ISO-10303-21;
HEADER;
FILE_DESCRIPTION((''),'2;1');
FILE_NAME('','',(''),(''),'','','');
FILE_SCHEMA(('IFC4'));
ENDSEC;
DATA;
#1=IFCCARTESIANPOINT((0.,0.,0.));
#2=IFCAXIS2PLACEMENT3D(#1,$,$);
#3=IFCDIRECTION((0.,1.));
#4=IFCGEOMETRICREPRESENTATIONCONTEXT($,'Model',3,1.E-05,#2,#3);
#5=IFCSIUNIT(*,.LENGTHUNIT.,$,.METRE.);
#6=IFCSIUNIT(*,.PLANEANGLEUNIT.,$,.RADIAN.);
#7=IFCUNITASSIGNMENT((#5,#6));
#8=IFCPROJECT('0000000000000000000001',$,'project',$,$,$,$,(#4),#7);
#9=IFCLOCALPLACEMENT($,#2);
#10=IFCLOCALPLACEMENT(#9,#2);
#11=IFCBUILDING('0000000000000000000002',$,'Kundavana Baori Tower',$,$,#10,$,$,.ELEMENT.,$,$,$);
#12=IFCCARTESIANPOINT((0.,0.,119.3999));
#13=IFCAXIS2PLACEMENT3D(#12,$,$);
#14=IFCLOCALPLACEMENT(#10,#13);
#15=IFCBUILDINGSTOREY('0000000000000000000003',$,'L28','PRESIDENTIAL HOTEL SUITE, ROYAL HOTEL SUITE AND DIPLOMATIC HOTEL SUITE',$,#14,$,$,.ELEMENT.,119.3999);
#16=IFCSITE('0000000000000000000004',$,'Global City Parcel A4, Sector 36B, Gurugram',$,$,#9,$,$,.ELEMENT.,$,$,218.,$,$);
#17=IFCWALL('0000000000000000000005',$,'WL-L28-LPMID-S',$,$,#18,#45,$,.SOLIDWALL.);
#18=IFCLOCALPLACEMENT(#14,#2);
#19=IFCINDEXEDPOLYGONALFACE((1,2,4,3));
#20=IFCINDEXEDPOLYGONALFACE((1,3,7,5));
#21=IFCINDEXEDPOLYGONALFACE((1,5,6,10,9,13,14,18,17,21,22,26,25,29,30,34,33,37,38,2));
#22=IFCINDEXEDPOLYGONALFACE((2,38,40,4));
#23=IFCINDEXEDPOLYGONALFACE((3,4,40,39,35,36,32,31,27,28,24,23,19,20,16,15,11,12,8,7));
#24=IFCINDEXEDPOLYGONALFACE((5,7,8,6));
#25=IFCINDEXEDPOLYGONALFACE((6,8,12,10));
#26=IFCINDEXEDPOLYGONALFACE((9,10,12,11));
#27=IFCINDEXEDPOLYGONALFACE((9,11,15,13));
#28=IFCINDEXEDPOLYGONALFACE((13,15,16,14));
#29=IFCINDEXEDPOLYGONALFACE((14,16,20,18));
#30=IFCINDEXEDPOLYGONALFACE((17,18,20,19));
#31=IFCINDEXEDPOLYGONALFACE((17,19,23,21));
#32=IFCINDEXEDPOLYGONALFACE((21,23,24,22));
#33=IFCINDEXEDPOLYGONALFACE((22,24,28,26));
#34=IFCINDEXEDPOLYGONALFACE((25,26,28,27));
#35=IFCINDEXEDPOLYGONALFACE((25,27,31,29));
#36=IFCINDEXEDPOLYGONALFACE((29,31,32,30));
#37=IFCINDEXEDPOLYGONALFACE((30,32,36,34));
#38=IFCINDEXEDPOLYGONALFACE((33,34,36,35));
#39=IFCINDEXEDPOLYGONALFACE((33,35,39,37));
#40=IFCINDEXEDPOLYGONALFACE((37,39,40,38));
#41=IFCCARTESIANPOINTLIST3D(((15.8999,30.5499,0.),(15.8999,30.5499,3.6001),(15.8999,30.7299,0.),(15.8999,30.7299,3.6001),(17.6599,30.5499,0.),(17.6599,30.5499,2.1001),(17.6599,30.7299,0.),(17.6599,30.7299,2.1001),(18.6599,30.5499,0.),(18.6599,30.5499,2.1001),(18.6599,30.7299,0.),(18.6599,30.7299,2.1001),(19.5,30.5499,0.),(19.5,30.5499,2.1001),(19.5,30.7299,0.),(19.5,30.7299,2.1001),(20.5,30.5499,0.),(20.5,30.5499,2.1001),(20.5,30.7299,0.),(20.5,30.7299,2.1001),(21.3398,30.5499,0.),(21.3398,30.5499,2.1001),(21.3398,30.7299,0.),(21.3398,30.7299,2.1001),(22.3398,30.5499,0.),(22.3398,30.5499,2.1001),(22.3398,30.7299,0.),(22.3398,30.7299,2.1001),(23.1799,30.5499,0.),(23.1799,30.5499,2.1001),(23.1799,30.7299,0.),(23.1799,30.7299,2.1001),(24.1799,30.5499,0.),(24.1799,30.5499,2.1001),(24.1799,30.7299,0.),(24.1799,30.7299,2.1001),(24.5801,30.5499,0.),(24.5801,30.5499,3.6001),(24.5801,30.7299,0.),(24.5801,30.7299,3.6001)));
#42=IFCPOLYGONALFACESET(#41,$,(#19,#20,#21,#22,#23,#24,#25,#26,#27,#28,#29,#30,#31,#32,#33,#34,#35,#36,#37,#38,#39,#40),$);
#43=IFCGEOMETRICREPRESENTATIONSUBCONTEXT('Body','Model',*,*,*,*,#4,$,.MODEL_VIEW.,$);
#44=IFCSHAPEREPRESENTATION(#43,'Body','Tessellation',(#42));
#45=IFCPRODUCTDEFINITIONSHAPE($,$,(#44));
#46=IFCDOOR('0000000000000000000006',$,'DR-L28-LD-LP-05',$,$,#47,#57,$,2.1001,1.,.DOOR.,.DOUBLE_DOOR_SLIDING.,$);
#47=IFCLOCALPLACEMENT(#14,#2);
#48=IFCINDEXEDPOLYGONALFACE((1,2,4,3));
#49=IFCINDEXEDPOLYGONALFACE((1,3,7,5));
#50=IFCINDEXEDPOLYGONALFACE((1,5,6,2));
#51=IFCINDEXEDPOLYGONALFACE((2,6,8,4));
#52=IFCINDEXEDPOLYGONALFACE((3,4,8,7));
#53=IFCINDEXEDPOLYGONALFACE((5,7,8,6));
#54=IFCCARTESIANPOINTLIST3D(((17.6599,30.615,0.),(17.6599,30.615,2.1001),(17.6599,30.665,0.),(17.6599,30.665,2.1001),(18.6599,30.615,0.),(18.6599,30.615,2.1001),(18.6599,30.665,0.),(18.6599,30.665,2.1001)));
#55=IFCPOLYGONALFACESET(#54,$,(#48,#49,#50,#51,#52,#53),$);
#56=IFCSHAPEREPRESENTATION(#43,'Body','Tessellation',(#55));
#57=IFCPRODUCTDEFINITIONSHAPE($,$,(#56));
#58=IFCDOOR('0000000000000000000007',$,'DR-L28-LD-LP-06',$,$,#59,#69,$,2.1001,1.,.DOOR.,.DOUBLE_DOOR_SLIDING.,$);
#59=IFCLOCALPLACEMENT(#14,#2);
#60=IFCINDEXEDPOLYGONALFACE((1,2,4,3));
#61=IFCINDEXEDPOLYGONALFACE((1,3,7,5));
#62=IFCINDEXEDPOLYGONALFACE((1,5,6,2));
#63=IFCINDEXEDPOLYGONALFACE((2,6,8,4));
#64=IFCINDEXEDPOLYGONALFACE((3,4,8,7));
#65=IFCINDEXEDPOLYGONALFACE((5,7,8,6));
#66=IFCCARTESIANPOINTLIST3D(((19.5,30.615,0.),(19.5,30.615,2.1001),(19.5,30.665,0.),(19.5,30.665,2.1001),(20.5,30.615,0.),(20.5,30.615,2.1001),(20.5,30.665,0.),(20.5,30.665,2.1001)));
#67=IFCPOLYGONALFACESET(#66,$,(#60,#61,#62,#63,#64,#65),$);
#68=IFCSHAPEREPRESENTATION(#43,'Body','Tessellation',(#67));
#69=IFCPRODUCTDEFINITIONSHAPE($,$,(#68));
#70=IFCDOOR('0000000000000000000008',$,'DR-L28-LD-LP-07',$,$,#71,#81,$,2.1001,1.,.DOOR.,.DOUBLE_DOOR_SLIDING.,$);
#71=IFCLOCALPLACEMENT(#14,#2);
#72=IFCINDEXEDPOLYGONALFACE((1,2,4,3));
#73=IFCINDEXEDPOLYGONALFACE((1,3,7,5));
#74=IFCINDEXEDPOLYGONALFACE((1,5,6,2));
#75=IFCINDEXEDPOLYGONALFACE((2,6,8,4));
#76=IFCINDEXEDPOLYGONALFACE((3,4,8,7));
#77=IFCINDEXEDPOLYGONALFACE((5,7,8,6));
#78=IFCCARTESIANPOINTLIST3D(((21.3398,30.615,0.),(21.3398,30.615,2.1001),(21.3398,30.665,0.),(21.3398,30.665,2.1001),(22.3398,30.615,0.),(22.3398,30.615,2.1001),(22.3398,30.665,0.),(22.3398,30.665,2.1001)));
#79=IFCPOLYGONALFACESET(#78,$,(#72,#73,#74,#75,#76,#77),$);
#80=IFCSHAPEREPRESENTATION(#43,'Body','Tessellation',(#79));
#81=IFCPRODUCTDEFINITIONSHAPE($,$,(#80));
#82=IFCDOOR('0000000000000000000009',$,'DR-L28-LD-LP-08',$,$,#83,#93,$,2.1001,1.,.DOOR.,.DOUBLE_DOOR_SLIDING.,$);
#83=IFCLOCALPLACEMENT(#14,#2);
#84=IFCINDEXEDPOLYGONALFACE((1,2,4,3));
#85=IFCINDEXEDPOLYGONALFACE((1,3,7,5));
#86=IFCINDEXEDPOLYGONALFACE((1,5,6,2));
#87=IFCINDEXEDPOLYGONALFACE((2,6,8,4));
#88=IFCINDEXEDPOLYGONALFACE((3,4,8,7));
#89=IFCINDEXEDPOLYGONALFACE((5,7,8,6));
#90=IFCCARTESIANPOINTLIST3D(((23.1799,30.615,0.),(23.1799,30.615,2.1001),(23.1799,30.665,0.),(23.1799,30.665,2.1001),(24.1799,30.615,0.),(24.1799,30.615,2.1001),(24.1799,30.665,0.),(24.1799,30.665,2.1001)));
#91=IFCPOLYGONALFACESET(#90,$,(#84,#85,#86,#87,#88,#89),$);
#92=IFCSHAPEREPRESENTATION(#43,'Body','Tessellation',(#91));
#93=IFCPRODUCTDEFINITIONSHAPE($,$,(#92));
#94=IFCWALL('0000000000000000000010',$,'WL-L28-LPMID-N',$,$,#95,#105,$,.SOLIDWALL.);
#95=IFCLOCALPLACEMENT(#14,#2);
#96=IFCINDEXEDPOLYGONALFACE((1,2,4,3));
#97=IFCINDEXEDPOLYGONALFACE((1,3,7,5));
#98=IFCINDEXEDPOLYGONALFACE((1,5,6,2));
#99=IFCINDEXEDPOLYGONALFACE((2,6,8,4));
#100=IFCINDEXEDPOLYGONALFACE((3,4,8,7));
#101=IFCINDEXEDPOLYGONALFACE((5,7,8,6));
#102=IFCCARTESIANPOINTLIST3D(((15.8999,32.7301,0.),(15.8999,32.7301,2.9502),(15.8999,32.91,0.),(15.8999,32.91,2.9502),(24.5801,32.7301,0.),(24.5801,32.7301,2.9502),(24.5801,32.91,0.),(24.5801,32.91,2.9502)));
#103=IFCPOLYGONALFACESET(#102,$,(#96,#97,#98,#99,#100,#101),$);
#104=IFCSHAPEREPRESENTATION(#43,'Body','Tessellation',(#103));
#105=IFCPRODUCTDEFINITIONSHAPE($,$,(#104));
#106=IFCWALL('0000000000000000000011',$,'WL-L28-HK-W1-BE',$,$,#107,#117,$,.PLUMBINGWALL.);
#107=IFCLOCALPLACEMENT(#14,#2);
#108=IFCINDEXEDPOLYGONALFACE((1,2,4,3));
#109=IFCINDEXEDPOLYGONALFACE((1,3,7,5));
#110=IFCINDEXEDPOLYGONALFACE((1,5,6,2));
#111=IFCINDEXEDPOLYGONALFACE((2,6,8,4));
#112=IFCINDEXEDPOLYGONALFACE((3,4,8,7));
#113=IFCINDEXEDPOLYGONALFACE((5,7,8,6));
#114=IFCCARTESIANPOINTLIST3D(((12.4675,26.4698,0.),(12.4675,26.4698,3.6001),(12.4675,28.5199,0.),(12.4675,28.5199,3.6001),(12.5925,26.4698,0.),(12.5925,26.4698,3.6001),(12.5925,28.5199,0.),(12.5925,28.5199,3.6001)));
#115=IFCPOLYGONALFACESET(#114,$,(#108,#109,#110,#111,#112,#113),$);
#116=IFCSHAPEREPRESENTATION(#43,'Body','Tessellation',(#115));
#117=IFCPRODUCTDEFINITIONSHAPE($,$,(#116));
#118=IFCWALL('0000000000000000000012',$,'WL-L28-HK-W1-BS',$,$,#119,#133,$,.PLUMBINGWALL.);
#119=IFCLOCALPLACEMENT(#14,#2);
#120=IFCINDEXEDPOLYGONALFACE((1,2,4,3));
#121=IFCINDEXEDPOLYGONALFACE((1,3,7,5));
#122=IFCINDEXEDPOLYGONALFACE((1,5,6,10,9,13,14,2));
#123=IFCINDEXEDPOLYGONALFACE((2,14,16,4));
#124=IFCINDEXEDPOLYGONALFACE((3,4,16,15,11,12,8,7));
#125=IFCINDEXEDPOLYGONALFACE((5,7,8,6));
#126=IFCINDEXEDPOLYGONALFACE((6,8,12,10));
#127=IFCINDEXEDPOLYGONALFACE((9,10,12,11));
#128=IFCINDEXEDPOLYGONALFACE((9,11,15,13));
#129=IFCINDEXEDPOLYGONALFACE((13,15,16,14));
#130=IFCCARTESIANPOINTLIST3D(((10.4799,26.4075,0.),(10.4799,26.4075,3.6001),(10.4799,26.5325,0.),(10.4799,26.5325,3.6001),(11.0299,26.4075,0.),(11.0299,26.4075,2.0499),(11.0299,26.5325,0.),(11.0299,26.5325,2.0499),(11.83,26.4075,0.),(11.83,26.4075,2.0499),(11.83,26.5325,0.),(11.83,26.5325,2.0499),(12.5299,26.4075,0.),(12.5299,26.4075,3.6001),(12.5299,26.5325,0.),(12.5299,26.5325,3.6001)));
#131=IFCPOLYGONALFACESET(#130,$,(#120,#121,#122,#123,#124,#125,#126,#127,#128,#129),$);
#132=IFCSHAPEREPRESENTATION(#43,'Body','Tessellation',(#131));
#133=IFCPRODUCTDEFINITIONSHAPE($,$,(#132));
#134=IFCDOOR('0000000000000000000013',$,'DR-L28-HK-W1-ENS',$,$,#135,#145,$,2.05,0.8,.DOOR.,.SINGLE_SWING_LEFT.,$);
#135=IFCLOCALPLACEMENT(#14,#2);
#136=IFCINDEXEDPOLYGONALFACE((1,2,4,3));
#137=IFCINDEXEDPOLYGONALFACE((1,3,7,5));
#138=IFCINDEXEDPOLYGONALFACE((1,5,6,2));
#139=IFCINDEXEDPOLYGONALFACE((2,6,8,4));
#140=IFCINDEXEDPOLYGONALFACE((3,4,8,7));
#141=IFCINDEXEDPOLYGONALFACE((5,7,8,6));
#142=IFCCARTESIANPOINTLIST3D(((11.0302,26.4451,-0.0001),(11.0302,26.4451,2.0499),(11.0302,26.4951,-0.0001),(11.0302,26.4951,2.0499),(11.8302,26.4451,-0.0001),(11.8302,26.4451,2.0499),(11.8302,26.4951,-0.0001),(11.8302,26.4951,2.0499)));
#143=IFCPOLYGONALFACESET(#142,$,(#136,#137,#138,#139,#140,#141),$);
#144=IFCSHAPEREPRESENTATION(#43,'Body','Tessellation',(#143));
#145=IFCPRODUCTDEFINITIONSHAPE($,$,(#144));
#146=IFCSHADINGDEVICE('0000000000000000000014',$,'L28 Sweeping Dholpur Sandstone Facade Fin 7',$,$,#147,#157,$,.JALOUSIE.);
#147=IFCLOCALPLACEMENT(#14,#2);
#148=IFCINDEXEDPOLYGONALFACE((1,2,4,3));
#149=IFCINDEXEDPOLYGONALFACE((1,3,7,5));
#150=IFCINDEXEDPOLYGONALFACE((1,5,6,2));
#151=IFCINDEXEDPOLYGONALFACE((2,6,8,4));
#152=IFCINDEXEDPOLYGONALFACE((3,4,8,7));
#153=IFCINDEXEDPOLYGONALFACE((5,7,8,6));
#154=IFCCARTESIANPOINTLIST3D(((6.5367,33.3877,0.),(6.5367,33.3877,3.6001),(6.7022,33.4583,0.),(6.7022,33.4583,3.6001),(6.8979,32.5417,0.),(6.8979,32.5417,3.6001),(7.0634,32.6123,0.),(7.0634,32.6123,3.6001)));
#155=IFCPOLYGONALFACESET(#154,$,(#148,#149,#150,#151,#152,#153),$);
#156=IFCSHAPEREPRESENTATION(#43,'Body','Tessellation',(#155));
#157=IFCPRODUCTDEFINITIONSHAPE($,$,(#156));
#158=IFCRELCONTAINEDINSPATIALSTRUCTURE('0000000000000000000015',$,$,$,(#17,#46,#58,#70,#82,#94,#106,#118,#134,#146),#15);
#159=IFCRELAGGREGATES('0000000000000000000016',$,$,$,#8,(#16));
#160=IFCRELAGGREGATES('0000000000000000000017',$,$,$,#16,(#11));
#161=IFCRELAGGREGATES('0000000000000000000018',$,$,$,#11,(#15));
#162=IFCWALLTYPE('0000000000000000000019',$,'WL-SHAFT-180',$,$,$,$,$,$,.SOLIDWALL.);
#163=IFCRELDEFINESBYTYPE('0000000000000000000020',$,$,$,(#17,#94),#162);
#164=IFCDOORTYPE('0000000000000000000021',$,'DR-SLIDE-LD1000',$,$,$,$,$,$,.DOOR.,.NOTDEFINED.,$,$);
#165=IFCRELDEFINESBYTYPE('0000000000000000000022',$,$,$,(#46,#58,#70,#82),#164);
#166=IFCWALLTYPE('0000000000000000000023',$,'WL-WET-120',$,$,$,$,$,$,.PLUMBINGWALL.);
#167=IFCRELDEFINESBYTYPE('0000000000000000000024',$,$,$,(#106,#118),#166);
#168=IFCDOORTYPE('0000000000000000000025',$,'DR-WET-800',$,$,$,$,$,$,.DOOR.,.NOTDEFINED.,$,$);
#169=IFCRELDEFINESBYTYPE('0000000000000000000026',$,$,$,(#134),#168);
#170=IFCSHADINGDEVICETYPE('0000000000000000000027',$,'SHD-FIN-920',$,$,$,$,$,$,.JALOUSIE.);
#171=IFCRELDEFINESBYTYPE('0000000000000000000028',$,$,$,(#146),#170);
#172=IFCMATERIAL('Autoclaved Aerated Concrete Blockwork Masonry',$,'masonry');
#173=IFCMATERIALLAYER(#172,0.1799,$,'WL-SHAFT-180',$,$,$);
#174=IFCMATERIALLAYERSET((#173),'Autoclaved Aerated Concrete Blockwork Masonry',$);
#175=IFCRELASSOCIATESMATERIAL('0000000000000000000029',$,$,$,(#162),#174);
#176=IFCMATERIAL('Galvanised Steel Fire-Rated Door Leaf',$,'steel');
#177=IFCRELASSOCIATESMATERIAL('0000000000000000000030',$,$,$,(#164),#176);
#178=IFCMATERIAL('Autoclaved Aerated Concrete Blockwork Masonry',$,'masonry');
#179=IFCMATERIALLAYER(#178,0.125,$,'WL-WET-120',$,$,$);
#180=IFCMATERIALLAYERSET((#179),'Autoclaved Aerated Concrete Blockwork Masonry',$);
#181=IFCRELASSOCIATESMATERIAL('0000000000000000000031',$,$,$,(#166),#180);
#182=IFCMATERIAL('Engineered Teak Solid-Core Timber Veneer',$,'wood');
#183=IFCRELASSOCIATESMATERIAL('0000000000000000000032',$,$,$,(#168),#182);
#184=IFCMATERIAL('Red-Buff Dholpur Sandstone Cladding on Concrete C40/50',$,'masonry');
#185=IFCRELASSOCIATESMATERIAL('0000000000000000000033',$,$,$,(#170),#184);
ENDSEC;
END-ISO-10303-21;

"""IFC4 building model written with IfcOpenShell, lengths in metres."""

from ifc_helpers import new_model, si_unit, direction, frame, frame_2d, origin, origin_2d, place, context, subcontext, project, spatial, rectangle, extrude, material, layer, layer_set, type_object, element, fill, save


model = new_model("IFC4")

# Units and contexts
model_context = context("Model", 3, precision=1e-05, world=origin(), true_north=direction((0.0, 1.0)))
body_context = subcontext(model_context, "Body", "Model", "MODEL_VIEW")
ifc_project = project(units=[si_unit("LENGTHUNIT", "METRE"), si_unit("PLANEANGLEUNIT", "RADIAN")], contexts=[model_context])

# Site, building, storey
site_placement = place(None, origin())
site = spatial("IfcSite", under=ifc_project, at=site_placement, Name="Global City Parcel A4, Sector 36B, Gurugram", CompositionType="ELEMENT", RefElevation=218.0)
building_placement = place(site_placement, origin())
building = spatial("IfcBuilding", under=site, at=building_placement, Name="Kundavana Baori Tower", CompositionType="ELEMENT")
storey_placement = place(building_placement, frame((0.0, 0.0, 119.3999)))
storey = spatial("IfcBuildingStorey", under=building, at=storey_placement, Name="L28", Description="PRESIDENTIAL HOTEL SUITE, ROYAL HOTEL SUITE AND DIPLOMATIC HOTEL SUITE", CompositionType="ELEMENT", Elevation=119.3999)

# Shared definitions
ifc_material_1 = material(Name="Autoclaved Aerated Concrete Blockwork Masonry", Category="masonry")
ifc_layer_1 = layer(ifc_material_1, 0.1799, Name="WL-SHAFT-180")
ifc_layer_set_1 = layer_set([ifc_layer_1], Name="Autoclaved Aerated Concrete Blockwork Masonry")
wall_type_1 = type_object("IfcWallType", Name="WL-SHAFT-180", PredefinedType="SOLIDWALL", material=ifc_layer_set_1)

# Wall, openings, doors
wall_1_placement = place(storey_placement, frame((15.8999, 30.6399, 0.0), z_axis=(0.0, 0.0, 1.0), x_axis=(1.0, 0.0, 0.0)))
wall_1 = element("IfcWall", 1, at=wall_1_placement, inside=storey, type_object=wall_type_1, Name="WL-L28-LPMID-S", PredefinedType="SOLIDWALL", context=body_context, shape_type="SweptSolid", body=[
    extrude(rectangle(XDim=8.6802, YDim=0.1799, at=frame_2d((4.3401, 0.0))), origin(), (0.0, 0.0, 1.0), 3.6001),
])
opening_1_placement = place(wall_1_placement, frame((1.76, 0.0, 0.0)))
opening_1 = element("IfcOpeningElement", 2, at=opening_1_placement, cuts=wall_1, PredefinedType="OPENING", context=body_context, shape_type="SweptSolid", body=[
    extrude(rectangle(XDim=1.0, YDim=2.1001, at=frame_2d((0.5, 1.05))), frame((0.0, 0.1001, 0.0), z_axis=(0.0, -1.0, 0.0), x_axis=(1.0, 0.0, 0.0)), (0.0, 0.0, 1.0), 0.2),
])
opening_2_placement = place(wall_1_placement, frame((3.6001, 0.0, 0.0)))
opening_2 = element("IfcOpeningElement", 3, at=opening_2_placement, cuts=wall_1, PredefinedType="OPENING", context=body_context, shape_type="SweptSolid", body=[
    extrude(rectangle(XDim=1.0, YDim=2.1001, at=frame_2d((0.5, 1.05))), frame((0.0, 0.1001, 0.0), z_axis=(0.0, -1.0, 0.0), x_axis=(1.0, 0.0, 0.0)), (0.0, 0.0, 1.0), 0.2),
])
opening_3_placement = place(wall_1_placement, frame((5.4399, 0.0, 0.0)))
opening_3 = element("IfcOpeningElement", 4, at=opening_3_placement, cuts=wall_1, PredefinedType="OPENING", context=body_context, shape_type="SweptSolid", body=[
    extrude(rectangle(XDim=1.0, YDim=2.1001, at=frame_2d((0.5, 1.05))), frame((0.0, 0.1001, 0.0), z_axis=(0.0, -1.0, 0.0), x_axis=(1.0, 0.0, 0.0)), (0.0, 0.0, 1.0), 0.2),
])
opening_4_placement = place(wall_1_placement, frame((7.28, 0.0, 0.0)))
opening_4 = element("IfcOpeningElement", 5, at=opening_4_placement, cuts=wall_1, PredefinedType="OPENING", context=body_context, shape_type="SweptSolid", body=[
    extrude(rectangle(XDim=1.0, YDim=2.1001, at=frame_2d((0.5, 1.05))), frame((0.0, 0.1001, 0.0), z_axis=(0.0, -1.0, 0.0), x_axis=(1.0, 0.0, 0.0)), (0.0, 0.0, 1.0), 0.2),
])
ifc_material_2 = material(Name="Galvanised Steel Fire-Rated Door Leaf", Category="steel")
door_type_1 = type_object("IfcDoorType", Name="DR-SLIDE-LD1000", OperationType="NOTDEFINED", PredefinedType="DOOR", material=ifc_material_2)
door_1_placement = place(opening_1_placement, frame((1.0, 0.0, 0.0), z_axis=(0.0, 0.0, 1.0), x_axis=(-1.0, 0.0, 0.0)))
door_1 = element("IfcDoor", 6, at=door_1_placement, inside=storey, type_object=door_type_1, Name="DR-L28-LD-LP-05", OperationType="DOUBLE_DOOR_SLIDING", OverallHeight=2.1001, OverallWidth=1.0, PredefinedType="DOOR", context=body_context, shape_type="SweptSolid", body=[
    extrude(rectangle(XDim=1.0, YDim=2.1001, at=frame_2d((0.5, 1.05))), frame((0.0, 0.0249, 0.0), z_axis=(0.0, -1.0, 0.0), x_axis=(1.0, 0.0, 0.0)), (0.0, 0.0, 1.0), 0.05),
])
fill(opening_1, door_1)
door_2_placement = place(opening_2_placement, frame((1.0, 0.0, 0.0), z_axis=(0.0, 0.0, 1.0), x_axis=(-1.0, 0.0, 0.0)))
door_2 = element("IfcDoor", 7, at=door_2_placement, inside=storey, type_object=door_type_1, Name="DR-L28-LD-LP-06", OperationType="DOUBLE_DOOR_SLIDING", OverallHeight=2.1001, OverallWidth=1.0, PredefinedType="DOOR", context=body_context, shape_type="SweptSolid", body=[
    extrude(rectangle(XDim=1.0, YDim=2.1001, at=frame_2d((0.5, 1.05))), frame((0.0, 0.0249, 0.0), z_axis=(0.0, -1.0, 0.0), x_axis=(1.0, 0.0, 0.0)), (0.0, 0.0, 1.0), 0.05),
])
fill(opening_2, door_2)
door_3_placement = place(opening_3_placement, frame((1.0, 0.0, 0.0), z_axis=(0.0, 0.0, 1.0), x_axis=(-1.0, 0.0, 0.0)))
door_3 = element("IfcDoor", 8, at=door_3_placement, inside=storey, type_object=door_type_1, Name="DR-L28-LD-LP-07", OperationType="DOUBLE_DOOR_SLIDING", OverallHeight=2.1001, OverallWidth=1.0, PredefinedType="DOOR", context=body_context, shape_type="SweptSolid", body=[
    extrude(rectangle(XDim=1.0, YDim=2.1001, at=frame_2d((0.5, 1.05))), frame((0.0, 0.0249, 0.0), z_axis=(0.0, -1.0, 0.0), x_axis=(1.0, 0.0, 0.0)), (0.0, 0.0, 1.0), 0.05),
])
fill(opening_3, door_3)
door_4_placement = place(opening_4_placement, frame((1.0, 0.0, 0.0), z_axis=(0.0, 0.0, 1.0), x_axis=(-1.0, 0.0, 0.0)))
door_4 = element("IfcDoor", 9, at=door_4_placement, inside=storey, type_object=door_type_1, Name="DR-L28-LD-LP-08", OperationType="DOUBLE_DOOR_SLIDING", OverallHeight=2.1001, OverallWidth=1.0, PredefinedType="DOOR", context=body_context, shape_type="SweptSolid", body=[
    extrude(rectangle(XDim=1.0, YDim=2.1001, at=frame_2d((0.5, 1.05))), frame((0.0, 0.0249, 0.0), z_axis=(0.0, -1.0, 0.0), x_axis=(1.0, 0.0, 0.0)), (0.0, 0.0, 1.0), 0.05),
])
fill(opening_4, door_4)

# Walls
wall_2_placement = place(storey_placement, frame((15.8999, 32.8201, 0.0), z_axis=(0.0, 0.0, 1.0), x_axis=(1.0, 0.0, 0.0)))
element("IfcWall", 10, at=wall_2_placement, inside=storey, type_object=wall_type_1, Name="WL-L28-LPMID-N", PredefinedType="SOLIDWALL", context=body_context, shape_type="SweptSolid", body=[
    extrude(rectangle(XDim=8.6802, YDim=0.1799, at=frame_2d((4.3401, 0.0))), origin(), (0.0, 0.0, 1.0), 2.9502),
])
ifc_material_3 = material(Name="Autoclaved Aerated Concrete Blockwork Masonry", Category="masonry")
ifc_layer_2 = layer(ifc_material_3, 0.125, Name="WL-WET-120")
ifc_layer_set_2 = layer_set([ifc_layer_2], Name="Autoclaved Aerated Concrete Blockwork Masonry")
wall_type_2 = type_object("IfcWallType", Name="WL-WET-120", PredefinedType="PLUMBINGWALL", material=ifc_layer_set_2)
wall_3_placement = place(storey_placement, frame((12.53, 26.47, 0.0), z_axis=(0.0, 0.0, 1.0), x_axis=(0.0, 1.0, 0.0)))
element("IfcWall", 11, at=wall_3_placement, inside=storey, type_object=wall_type_2, Name="WL-L28-HK-W1-BE", PredefinedType="PLUMBINGWALL", context=body_context, shape_type="SweptSolid", body=[
    extrude(rectangle(XDim=2.05, YDim=0.125, at=frame_2d((1.0249, 0.0))), origin(), (0.0, 0.0, 1.0), 3.6001),
])

# Wall, opening, door
wall_4_placement = place(storey_placement, frame((10.48, 26.47, 0.0), z_axis=(0.0, 0.0, 1.0), x_axis=(1.0, 0.0, 0.0)))
wall_4 = element("IfcWall", 12, at=wall_4_placement, inside=storey, type_object=wall_type_2, Name="WL-L28-HK-W1-BS", PredefinedType="PLUMBINGWALL", context=body_context, shape_type="SweptSolid", body=[
    extrude(rectangle(XDim=2.05, YDim=0.125, at=frame_2d((1.0249, 0.0))), origin(), (0.0, 0.0, 1.0), 3.6001),
])
opening_5_placement = place(wall_4_placement, frame((0.55, 0.0, 0.0)))
opening_5 = element("IfcOpeningElement", 13, at=opening_5_placement, cuts=wall_4, PredefinedType="OPENING", context=body_context, shape_type="SweptSolid", body=[
    extrude(rectangle(XDim=0.8, YDim=2.05, at=frame_2d((0.3999, 1.0249))), frame((0.0, 0.0725, 0.0), z_axis=(0.0, -1.0, 0.0), x_axis=(1.0, 0.0, 0.0)), (0.0, 0.0, 1.0), 0.145),
])
ifc_material_4 = material(Name="Engineered Teak Solid-Core Timber Veneer", Category="wood")
door_type_2 = type_object("IfcDoorType", Name="DR-WET-800", OperationType="NOTDEFINED", PredefinedType="DOOR", material=ifc_material_4)
door_5_placement = place(opening_5_placement, frame((0.8, 0.0, 0.0), z_axis=(0.0, 0.0, 1.0), x_axis=(-1.0, 0.0, 0.0)))
door_5 = element("IfcDoor", 14, at=door_5_placement, inside=storey, type_object=door_type_2, Name="DR-L28-HK-W1-ENS", OperationType="SINGLE_SWING_LEFT", OverallHeight=2.05, OverallWidth=0.8, PredefinedType="DOOR", context=body_context, shape_type="SweptSolid", body=[
    extrude(rectangle(XDim=0.8, YDim=2.05, at=frame_2d((0.3999, 1.0249))), frame((0.0, 0.0249, 0.0), z_axis=(0.0, -1.0, 0.0), x_axis=(1.0, 0.0, 0.0)), (0.0, 0.0, 1.0), 0.05),
])
fill(opening_5, door_5)

# Shading device
ifc_material_5 = material(Name="Red-Buff Dholpur Sandstone Cladding on Concrete C40/50", Category="masonry")
shading_device_type = type_object("IfcShadingDeviceType", Name="SHD-FIN-920", PredefinedType="JALOUSIE", material=ifc_material_5)
shading_device_placement = place(storey_placement, frame((6.8, 33.0, 0.0), z_axis=(0.0, 0.0, 1.0), x_axis=(0.919684, 0.392658, 0.0)))
element("IfcShadingDevice", 15, at=shading_device_placement, inside=storey, type_object=shading_device_type, Name="L28 Sweeping Dholpur Sandstone Facade Fin 7", PredefinedType="JALOUSIE", context=body_context, shape_type="SweptSolid", body=[
    extrude(rectangle(XDim=0.1799, YDim=0.9199, at=origin_2d()), origin(), (0.0, 0.0, 1.0), 3.6001),
])

save(model, "model.ifc")
